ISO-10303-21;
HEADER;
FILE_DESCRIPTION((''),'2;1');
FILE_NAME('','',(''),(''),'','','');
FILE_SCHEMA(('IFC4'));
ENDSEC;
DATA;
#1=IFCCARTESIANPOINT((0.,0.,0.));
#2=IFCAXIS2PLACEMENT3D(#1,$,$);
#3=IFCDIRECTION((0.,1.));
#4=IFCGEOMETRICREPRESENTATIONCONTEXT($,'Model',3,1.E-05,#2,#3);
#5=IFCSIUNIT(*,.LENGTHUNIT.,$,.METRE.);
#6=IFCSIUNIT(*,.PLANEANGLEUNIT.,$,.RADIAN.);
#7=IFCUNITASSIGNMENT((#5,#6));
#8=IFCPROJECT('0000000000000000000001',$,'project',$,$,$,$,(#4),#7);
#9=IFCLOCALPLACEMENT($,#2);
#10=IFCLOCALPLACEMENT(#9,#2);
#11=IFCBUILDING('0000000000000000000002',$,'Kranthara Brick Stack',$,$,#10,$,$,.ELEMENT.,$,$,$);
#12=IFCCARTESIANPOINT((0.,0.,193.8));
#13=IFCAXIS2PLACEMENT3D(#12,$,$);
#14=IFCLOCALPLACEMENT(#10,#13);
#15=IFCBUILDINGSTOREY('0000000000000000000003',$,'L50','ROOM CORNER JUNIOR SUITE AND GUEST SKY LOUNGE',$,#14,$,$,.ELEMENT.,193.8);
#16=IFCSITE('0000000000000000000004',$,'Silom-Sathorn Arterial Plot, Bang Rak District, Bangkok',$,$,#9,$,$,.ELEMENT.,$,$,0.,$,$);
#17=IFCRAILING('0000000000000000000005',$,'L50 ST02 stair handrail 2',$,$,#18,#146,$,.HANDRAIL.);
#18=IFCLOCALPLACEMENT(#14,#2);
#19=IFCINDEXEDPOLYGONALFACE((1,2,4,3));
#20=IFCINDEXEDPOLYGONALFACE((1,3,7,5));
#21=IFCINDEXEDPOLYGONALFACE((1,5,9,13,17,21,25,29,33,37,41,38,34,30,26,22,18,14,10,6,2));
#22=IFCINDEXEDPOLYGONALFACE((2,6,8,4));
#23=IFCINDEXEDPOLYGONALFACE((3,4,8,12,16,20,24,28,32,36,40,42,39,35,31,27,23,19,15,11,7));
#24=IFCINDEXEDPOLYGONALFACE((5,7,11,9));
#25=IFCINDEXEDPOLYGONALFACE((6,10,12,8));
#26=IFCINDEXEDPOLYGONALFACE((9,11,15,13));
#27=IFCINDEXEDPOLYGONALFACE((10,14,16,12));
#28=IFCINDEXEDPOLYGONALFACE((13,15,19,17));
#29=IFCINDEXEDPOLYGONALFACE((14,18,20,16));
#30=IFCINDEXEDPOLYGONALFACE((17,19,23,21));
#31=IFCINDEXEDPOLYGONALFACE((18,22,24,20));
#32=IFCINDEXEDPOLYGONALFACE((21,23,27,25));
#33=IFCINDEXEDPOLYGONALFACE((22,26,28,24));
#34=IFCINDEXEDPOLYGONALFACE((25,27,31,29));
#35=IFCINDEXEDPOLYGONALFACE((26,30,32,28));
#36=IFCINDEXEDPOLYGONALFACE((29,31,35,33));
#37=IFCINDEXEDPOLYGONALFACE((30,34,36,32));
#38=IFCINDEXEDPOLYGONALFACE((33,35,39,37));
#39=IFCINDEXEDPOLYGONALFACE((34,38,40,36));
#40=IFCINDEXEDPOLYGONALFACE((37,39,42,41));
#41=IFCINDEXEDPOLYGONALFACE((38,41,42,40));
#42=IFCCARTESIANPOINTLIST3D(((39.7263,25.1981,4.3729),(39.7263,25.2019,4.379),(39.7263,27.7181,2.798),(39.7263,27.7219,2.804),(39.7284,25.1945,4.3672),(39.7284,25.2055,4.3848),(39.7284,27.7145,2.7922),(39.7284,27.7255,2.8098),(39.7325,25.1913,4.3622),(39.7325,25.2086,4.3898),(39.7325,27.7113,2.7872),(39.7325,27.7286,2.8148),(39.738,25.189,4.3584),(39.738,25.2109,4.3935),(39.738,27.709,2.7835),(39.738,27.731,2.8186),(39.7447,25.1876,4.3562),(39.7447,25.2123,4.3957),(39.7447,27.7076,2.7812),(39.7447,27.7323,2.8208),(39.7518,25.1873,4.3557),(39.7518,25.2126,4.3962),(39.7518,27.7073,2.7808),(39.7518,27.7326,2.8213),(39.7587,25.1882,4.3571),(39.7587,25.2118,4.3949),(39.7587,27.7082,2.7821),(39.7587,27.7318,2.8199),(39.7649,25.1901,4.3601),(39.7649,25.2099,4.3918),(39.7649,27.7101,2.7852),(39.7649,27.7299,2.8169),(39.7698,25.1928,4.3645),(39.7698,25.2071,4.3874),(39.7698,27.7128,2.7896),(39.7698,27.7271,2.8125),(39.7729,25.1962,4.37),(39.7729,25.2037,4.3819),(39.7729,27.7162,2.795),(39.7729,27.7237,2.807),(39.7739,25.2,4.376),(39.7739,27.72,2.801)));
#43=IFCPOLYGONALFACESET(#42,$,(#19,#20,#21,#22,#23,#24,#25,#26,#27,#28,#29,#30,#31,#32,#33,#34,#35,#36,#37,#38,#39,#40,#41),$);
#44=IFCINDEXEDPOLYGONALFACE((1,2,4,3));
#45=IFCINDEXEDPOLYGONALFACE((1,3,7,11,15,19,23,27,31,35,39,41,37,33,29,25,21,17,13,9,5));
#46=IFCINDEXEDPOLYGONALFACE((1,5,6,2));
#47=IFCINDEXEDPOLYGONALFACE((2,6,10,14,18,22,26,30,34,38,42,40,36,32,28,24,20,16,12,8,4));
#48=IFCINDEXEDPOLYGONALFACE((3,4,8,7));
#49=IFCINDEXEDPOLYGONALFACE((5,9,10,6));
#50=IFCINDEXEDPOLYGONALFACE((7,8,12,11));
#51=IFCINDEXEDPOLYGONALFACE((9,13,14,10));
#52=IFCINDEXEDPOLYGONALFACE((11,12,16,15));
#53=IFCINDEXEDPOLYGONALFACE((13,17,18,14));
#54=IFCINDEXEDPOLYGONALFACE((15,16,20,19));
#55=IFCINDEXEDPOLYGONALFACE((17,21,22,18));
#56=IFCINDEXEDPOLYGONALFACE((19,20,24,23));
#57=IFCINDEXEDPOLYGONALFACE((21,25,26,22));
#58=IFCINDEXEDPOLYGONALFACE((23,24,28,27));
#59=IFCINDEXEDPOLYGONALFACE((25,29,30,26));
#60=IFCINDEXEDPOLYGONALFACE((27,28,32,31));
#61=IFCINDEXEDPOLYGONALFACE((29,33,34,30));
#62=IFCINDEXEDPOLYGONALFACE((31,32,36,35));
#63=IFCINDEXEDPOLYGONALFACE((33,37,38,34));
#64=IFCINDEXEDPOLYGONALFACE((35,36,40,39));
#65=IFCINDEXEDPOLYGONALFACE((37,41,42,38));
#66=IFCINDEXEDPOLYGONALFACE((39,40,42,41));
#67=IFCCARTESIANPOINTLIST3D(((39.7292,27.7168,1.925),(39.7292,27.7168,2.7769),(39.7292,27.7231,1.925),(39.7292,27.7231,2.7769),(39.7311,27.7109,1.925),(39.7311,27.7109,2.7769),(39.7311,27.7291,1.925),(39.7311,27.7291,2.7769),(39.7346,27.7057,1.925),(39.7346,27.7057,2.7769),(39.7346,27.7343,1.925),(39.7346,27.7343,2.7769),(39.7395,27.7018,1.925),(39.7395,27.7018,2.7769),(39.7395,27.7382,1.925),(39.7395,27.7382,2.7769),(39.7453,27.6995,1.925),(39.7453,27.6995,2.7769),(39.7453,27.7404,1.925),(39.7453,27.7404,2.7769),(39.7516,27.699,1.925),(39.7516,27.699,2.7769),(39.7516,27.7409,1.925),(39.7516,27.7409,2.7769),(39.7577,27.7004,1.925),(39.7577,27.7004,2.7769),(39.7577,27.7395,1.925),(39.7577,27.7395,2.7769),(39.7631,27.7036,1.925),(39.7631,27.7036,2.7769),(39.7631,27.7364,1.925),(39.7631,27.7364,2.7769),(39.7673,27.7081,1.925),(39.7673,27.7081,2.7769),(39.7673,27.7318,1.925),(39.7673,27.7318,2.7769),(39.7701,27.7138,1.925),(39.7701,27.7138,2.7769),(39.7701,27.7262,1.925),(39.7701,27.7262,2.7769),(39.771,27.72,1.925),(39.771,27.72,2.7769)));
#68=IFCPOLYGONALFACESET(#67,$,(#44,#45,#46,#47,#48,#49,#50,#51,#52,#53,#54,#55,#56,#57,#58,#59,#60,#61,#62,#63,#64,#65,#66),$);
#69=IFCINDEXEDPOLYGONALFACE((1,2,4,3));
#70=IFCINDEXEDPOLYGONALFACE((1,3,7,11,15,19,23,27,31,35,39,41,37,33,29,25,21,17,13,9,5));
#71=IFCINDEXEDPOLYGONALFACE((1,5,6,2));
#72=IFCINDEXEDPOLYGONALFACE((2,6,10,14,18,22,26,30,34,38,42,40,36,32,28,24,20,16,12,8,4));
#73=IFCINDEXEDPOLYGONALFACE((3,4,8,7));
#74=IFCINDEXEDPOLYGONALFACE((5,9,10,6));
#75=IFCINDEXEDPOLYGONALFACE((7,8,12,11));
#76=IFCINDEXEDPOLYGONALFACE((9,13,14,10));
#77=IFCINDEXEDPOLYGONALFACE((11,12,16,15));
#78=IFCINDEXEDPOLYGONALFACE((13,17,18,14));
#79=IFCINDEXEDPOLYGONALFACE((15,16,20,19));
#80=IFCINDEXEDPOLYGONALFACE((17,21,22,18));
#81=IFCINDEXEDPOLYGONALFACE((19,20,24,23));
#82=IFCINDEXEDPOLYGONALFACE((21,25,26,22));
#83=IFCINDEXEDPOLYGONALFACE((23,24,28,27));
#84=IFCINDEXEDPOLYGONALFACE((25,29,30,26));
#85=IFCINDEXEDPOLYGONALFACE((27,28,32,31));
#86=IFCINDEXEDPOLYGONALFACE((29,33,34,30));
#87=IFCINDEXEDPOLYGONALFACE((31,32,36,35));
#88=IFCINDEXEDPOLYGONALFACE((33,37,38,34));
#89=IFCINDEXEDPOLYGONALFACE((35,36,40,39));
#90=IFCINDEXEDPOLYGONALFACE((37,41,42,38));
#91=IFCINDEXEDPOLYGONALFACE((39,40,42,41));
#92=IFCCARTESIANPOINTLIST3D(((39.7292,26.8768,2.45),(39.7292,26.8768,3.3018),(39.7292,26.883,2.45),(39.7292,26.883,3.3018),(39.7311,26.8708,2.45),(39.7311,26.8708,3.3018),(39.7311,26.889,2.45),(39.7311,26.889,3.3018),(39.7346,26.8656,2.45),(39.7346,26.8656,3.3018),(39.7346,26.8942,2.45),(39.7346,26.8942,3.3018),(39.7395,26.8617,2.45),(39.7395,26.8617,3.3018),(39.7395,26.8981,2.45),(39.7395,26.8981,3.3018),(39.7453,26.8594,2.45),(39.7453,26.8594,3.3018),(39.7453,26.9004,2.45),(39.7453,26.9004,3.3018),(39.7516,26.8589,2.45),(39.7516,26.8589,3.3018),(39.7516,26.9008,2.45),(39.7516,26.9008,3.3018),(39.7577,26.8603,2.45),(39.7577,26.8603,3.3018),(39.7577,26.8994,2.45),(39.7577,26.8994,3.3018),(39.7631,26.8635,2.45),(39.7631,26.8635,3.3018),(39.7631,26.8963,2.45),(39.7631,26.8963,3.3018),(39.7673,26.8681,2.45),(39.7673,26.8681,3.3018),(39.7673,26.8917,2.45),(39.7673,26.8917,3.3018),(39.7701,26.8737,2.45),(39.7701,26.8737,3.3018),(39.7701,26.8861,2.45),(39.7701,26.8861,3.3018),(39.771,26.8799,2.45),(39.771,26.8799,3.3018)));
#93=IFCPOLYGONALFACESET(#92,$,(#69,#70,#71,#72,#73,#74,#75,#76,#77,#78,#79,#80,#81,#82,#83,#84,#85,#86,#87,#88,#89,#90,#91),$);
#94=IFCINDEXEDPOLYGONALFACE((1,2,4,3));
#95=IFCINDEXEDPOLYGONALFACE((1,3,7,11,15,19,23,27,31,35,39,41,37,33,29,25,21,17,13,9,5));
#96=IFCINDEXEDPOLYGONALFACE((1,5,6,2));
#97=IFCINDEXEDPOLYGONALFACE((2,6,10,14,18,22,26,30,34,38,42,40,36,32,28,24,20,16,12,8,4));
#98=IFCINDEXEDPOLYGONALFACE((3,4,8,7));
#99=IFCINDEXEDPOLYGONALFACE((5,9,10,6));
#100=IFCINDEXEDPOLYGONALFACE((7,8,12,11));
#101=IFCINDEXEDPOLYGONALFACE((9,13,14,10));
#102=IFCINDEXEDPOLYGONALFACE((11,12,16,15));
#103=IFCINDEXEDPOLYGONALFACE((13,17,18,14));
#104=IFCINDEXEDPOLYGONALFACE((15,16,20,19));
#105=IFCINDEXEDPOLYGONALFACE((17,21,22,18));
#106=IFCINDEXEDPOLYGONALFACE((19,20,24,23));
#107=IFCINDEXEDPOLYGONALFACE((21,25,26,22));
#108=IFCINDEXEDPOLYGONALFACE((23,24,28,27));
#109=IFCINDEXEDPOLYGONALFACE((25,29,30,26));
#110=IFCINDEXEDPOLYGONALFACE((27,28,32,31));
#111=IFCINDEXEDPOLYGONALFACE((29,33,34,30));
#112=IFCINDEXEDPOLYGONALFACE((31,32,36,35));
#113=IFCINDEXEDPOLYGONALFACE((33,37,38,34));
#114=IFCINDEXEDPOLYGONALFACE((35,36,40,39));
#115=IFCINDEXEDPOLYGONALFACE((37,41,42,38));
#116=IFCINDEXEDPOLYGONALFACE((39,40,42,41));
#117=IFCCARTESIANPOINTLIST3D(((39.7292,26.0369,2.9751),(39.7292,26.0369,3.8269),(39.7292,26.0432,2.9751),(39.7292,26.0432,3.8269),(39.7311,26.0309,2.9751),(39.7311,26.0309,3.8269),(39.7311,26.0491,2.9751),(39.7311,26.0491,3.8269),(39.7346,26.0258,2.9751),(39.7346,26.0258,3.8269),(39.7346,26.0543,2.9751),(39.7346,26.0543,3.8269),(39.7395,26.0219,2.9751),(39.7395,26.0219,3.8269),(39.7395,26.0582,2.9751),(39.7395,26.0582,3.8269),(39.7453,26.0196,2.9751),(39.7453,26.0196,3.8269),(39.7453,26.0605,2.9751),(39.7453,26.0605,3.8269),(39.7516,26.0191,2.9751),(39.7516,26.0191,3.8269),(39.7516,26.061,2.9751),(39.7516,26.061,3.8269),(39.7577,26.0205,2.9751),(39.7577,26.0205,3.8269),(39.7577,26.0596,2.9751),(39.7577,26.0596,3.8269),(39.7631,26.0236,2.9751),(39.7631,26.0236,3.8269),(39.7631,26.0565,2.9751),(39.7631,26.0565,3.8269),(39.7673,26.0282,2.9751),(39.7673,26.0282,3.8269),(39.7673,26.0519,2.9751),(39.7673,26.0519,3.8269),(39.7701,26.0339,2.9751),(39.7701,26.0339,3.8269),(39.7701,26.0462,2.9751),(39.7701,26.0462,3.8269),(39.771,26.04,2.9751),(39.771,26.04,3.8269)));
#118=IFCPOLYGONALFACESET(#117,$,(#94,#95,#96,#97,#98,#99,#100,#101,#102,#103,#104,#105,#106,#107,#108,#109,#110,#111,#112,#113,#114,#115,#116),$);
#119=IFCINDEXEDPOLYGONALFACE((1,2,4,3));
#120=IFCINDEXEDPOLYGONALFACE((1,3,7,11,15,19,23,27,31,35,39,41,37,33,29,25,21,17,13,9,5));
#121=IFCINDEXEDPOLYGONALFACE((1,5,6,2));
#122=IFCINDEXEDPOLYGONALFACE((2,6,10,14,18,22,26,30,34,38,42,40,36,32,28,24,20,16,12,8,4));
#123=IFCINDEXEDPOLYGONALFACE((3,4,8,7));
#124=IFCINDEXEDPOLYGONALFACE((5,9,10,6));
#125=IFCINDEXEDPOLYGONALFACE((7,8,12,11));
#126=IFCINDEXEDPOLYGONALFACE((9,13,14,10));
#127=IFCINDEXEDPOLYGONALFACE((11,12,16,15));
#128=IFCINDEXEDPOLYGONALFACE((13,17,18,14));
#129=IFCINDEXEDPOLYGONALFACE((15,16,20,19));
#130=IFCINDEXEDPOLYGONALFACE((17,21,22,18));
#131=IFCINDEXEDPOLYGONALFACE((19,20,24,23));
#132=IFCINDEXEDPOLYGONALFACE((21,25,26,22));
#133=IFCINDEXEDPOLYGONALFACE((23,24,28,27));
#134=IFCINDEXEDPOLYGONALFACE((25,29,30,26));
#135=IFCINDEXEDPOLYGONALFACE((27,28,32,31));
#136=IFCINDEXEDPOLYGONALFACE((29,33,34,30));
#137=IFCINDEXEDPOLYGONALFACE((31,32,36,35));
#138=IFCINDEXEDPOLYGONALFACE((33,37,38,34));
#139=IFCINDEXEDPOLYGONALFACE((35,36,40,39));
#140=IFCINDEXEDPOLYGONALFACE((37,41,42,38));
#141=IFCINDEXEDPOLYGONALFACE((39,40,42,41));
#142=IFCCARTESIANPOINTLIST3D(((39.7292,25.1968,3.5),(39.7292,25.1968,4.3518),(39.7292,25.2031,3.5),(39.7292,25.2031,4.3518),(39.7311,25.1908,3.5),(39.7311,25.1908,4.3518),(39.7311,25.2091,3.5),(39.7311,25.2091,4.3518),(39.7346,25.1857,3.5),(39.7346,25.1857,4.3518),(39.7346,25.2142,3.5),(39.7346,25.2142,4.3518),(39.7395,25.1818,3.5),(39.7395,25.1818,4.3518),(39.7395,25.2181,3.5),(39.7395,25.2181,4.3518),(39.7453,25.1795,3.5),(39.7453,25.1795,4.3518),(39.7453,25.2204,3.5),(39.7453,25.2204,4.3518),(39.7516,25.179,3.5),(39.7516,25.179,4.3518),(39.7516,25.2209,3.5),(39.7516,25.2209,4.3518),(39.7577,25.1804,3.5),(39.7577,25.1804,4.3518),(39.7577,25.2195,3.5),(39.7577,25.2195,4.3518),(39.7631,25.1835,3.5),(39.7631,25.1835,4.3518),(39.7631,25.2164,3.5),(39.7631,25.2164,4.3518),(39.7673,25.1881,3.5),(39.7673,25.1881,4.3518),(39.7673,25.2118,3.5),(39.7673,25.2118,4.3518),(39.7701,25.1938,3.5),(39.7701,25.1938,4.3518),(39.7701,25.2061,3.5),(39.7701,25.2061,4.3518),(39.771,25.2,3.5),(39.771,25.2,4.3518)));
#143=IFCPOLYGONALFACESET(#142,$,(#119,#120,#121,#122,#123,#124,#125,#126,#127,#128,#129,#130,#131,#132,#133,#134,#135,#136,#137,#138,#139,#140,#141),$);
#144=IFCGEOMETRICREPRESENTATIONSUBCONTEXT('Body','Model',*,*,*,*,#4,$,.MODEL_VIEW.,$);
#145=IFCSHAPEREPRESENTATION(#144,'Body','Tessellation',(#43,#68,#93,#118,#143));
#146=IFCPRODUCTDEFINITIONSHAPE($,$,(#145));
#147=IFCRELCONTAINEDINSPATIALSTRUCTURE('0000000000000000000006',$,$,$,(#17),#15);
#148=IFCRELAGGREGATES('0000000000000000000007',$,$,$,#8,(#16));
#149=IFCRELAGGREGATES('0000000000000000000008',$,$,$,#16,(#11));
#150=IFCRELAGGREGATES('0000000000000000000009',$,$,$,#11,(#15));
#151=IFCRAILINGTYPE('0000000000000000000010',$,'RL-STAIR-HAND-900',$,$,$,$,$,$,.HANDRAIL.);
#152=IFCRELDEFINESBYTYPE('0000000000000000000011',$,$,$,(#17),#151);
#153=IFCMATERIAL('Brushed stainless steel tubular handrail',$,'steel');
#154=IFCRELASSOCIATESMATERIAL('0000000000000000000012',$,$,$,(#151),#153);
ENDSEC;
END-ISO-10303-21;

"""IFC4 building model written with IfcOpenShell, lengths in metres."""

from ifc_helpers import new_model, si_unit, direction, frame, origin, origin_2d, place, context, subcontext, project, spatial, circle, extrude, material, type_object, element, save


model = new_model("IFC4")

# Units and contexts
model_context = context("Model", 3, precision=1e-05, world=origin(), true_north=direction((0.0, 1.0)))
body_context = subcontext(model_context, "Body", "Model", "MODEL_VIEW")
ifc_project = project(units=[si_unit("LENGTHUNIT", "METRE"), si_unit("PLANEANGLEUNIT", "RADIAN")], contexts=[model_context])

# Site, building, storey
site_placement = place(None, origin())
site = spatial("IfcSite", under=ifc_project, at=site_placement, Name="Silom-Sathorn Arterial Plot, Bang Rak District, Bangkok", CompositionType="ELEMENT", RefElevation=0.0)
building_placement = place(site_placement, origin())
building = spatial("IfcBuilding", under=site, at=building_placement, Name="Kranthara Brick Stack", CompositionType="ELEMENT")
storey_placement = place(building_placement, frame((0.0, 0.0, 193.8)))
storey = spatial("IfcBuildingStorey", under=building, at=storey_placement, Name="L50", Description="ROOM CORNER JUNIOR SUITE AND GUEST SKY LOUNGE", CompositionType="ELEMENT", Elevation=193.8)

# Railing
ifc_material_1 = material(Name="Brushed stainless steel tubular handrail", Category="steel")
railing_type_1 = type_object("IfcRailingType", Name="RL-STAIR-HAND-900", PredefinedType="HANDRAIL", material=ifc_material_1)
railing_1_placement = place(storey_placement, frame((39.75, 27.72, 1.925)))
element("IfcRailing", 1, at=railing_1_placement, inside=storey, type_object=railing_type_1, Name="L50 ST02 stair handrail 2", PredefinedType="HANDRAIL", context=body_context, shape_type="SweptSolid", body=[
    extrude(circle(Radius=0.0239, at=origin_2d()), frame((0.0, 0.0, 0.876), z_axis=(0.0, -0.848008, 0.529984), x_axis=(1.0, 0.0, 0.0)), (0.0, 0.0, 1.0), 2.9717),
    extrude(circle(Radius=0.021, at=origin_2d()), origin(), (0.0, 0.0, 1.0), 0.8518),
    extrude(circle(Radius=0.021, at=origin_2d()), frame((0.0, -0.8401, 0.5249)), (0.0, 0.0, 1.0), 0.8518),
    extrude(circle(Radius=0.021, at=origin_2d()), frame((0.0, -1.6799, 1.05)), (0.0, 0.0, 1.0), 0.8518),
    extrude(circle(Radius=0.021, at=origin_2d()), frame((0.0, -2.52, 1.575)), (0.0, 0.0, 1.0), 0.8518),
])

save(model, "model.ifc")
